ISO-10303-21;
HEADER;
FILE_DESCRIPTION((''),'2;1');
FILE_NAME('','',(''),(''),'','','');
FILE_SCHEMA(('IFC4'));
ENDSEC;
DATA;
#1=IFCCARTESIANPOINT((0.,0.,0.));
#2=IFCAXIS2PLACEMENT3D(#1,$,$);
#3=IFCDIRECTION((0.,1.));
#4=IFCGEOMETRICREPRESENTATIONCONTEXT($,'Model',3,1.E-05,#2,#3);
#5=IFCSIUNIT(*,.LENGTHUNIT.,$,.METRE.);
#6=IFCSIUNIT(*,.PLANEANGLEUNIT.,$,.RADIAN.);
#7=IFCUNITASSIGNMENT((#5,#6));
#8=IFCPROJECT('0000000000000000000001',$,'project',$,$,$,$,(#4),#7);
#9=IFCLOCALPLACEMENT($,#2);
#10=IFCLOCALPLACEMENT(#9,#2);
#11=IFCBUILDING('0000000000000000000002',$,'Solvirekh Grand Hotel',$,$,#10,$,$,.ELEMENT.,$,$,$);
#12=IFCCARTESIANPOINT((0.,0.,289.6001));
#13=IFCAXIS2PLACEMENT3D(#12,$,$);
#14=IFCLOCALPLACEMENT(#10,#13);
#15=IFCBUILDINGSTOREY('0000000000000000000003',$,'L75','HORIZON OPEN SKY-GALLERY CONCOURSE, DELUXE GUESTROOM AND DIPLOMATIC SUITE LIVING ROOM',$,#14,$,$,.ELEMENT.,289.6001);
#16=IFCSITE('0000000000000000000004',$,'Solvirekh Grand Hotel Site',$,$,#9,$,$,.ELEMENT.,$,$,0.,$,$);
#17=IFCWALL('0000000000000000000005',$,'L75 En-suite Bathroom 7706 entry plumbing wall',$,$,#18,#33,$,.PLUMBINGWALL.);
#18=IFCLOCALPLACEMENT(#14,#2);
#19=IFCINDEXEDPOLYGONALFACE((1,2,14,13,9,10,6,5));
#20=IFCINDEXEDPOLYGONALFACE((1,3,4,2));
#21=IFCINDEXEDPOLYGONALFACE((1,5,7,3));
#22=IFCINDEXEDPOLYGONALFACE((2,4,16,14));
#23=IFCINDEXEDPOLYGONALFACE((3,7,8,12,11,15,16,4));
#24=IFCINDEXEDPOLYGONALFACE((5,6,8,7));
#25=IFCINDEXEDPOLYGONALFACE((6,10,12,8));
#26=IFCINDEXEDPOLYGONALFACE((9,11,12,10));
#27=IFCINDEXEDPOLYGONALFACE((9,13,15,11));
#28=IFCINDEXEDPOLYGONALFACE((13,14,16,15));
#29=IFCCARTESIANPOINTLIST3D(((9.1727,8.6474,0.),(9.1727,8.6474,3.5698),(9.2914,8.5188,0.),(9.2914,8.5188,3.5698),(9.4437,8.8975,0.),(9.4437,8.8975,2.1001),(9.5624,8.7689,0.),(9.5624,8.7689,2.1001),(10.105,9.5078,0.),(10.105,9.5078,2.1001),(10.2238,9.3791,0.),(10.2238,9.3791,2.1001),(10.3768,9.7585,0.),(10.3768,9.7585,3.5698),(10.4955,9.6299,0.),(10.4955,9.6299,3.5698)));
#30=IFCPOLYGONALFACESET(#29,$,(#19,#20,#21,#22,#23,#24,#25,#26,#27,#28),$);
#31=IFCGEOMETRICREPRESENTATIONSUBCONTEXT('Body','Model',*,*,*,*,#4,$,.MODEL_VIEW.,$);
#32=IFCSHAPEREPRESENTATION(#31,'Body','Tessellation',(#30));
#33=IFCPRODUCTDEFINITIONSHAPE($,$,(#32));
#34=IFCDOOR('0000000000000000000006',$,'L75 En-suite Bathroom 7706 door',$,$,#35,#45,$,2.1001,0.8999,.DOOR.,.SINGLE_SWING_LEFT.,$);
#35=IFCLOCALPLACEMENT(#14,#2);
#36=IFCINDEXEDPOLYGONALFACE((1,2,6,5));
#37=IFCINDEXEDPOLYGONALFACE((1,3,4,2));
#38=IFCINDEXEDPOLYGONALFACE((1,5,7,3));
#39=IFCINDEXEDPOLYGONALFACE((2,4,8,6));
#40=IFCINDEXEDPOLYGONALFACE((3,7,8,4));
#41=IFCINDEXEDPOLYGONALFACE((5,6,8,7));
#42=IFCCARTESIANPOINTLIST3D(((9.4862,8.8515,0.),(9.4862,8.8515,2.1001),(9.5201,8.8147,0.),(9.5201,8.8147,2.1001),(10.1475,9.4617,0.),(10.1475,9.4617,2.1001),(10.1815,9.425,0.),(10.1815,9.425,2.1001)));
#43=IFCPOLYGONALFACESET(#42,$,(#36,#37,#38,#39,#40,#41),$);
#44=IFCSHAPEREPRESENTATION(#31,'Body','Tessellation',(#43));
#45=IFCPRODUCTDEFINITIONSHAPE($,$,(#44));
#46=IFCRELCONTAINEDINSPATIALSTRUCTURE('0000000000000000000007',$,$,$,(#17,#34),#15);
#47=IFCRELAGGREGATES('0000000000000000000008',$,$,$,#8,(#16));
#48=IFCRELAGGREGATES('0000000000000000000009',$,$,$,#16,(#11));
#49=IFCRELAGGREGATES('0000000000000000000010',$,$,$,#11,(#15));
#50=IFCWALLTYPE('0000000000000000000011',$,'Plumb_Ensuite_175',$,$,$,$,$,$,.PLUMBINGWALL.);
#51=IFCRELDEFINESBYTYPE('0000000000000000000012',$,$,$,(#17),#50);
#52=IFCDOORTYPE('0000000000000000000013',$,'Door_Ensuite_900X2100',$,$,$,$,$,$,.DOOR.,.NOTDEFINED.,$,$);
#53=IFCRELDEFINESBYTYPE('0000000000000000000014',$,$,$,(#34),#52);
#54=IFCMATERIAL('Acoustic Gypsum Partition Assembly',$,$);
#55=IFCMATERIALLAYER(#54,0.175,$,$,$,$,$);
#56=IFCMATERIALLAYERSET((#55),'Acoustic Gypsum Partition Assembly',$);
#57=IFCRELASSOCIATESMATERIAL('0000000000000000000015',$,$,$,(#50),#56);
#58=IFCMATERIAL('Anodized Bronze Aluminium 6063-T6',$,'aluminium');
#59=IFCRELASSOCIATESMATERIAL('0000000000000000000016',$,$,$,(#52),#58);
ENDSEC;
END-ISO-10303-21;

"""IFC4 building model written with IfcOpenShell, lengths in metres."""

from ifc_helpers import new_model, si_unit, direction, frame, frame_2d, origin, place, context, subcontext, project, spatial, rectangle, extrude, material, layer, layer_set, type_object, element, fill, save


model = new_model("IFC4")

# Units and contexts
model_context = context("Model", 3, precision=1e-05, world=origin(), true_north=direction((0.0, 1.0)))
body_context = subcontext(model_context, "Body", "Model", "MODEL_VIEW")
ifc_project = project(units=[si_unit("LENGTHUNIT", "METRE"), si_unit("PLANEANGLEUNIT", "RADIAN")], contexts=[model_context])

# Site, building, storey
site_placement = place(None, origin())
site = spatial("IfcSite", under=ifc_project, at=site_placement, Name="Solvirekh Grand Hotel Site", CompositionType="ELEMENT", RefElevation=0.0)
building_placement = place(site_placement, origin())
building = spatial("IfcBuilding", under=site, at=building_placement, Name="Solvirekh Grand Hotel", CompositionType="ELEMENT")
storey_placement = place(building_placement, frame((0.0, 0.0, 289.6001)))
storey = spatial("IfcBuildingStorey", under=building, at=storey_placement, Name="L75", Description="HORIZON OPEN SKY-GALLERY CONCOURSE, DELUXE GUESTROOM AND DIPLOMATIC SUITE LIVING ROOM", CompositionType="ELEMENT", Elevation=289.6001)

# Shared definitions
ifc_material_1 = material(Name="Anodized Bronze Aluminium 6063-T6", Category="aluminium")

# Shared definitions
ifc_material_2 = material(Name="Acoustic Gypsum Partition Assembly")

# Shared definitions
ifc_layer_1 = layer(ifc_material_2, 0.175)
ifc_layer_set_1 = layer_set([ifc_layer_1], Name="Acoustic Gypsum Partition Assembly")
wall_type_1 = type_object("IfcWallType", Name="Plumb_Ensuite_175", PredefinedType="PLUMBINGWALL", material=ifc_layer_set_1)

# Wall, opening, door
wall_1_placement = place(storey_placement, frame((9.2319, 8.583, 0.0), z_axis=(0.0, 0.0, 1.0), x_axis=(0.734923, 0.67815, 0.0)))
wall_1 = element("IfcWall", 1, at=wall_1_placement, inside=storey, type_object=wall_type_1, Name="L75 En-suite Bathroom 7706 entry plumbing wall", PredefinedType="PLUMBINGWALL", context=body_context, shape_type="SweptSolid", body=[
    extrude(rectangle(XDim=1.6384, YDim=0.175, at=frame_2d((0.8193, 0.0))), origin(), (0.0, 0.0, 1.0), 3.5698),
])
opening_1_placement = place(wall_1_placement, frame((0.3689, 0.0, 0.0)))
opening_1 = element("IfcOpeningElement", 2, at=opening_1_placement, cuts=wall_1, PredefinedType="OPENING", context=body_context, shape_type="SweptSolid", body=[
    extrude(rectangle(XDim=0.8999, YDim=2.1001, at=frame_2d((0.45, 1.05))), frame((0.0, 0.0977, 0.0), z_axis=(0.0, -1.0, 0.0), x_axis=(1.0, 0.0, 0.0)), (0.0, 0.0, 1.0), 0.1951),
])
door_type_1 = type_object("IfcDoorType", Name="Door_Ensuite_900X2100", OperationType="NOTDEFINED", PredefinedType="DOOR", material=ifc_material_1)
door_1_placement = place(opening_1_placement, origin())
door_1 = element("IfcDoor", 3, at=door_1_placement, inside=storey, type_object=door_type_1, Name="L75 En-suite Bathroom 7706 door", OperationType="SINGLE_SWING_LEFT", OverallHeight=2.1001, OverallWidth=0.8999, PredefinedType="DOOR", context=body_context, shape_type="SweptSolid", body=[
    extrude(rectangle(XDim=0.8999, YDim=2.1001, at=frame_2d((0.45, 1.05))), frame((0.0, 0.0249, 0.0), z_axis=(0.0, -1.0, 0.0), x_axis=(1.0, 0.0, 0.0)), (0.0, 0.0, 1.0), 0.05),
])
fill(opening_1, door_1)

save(model, "model.ifc")
